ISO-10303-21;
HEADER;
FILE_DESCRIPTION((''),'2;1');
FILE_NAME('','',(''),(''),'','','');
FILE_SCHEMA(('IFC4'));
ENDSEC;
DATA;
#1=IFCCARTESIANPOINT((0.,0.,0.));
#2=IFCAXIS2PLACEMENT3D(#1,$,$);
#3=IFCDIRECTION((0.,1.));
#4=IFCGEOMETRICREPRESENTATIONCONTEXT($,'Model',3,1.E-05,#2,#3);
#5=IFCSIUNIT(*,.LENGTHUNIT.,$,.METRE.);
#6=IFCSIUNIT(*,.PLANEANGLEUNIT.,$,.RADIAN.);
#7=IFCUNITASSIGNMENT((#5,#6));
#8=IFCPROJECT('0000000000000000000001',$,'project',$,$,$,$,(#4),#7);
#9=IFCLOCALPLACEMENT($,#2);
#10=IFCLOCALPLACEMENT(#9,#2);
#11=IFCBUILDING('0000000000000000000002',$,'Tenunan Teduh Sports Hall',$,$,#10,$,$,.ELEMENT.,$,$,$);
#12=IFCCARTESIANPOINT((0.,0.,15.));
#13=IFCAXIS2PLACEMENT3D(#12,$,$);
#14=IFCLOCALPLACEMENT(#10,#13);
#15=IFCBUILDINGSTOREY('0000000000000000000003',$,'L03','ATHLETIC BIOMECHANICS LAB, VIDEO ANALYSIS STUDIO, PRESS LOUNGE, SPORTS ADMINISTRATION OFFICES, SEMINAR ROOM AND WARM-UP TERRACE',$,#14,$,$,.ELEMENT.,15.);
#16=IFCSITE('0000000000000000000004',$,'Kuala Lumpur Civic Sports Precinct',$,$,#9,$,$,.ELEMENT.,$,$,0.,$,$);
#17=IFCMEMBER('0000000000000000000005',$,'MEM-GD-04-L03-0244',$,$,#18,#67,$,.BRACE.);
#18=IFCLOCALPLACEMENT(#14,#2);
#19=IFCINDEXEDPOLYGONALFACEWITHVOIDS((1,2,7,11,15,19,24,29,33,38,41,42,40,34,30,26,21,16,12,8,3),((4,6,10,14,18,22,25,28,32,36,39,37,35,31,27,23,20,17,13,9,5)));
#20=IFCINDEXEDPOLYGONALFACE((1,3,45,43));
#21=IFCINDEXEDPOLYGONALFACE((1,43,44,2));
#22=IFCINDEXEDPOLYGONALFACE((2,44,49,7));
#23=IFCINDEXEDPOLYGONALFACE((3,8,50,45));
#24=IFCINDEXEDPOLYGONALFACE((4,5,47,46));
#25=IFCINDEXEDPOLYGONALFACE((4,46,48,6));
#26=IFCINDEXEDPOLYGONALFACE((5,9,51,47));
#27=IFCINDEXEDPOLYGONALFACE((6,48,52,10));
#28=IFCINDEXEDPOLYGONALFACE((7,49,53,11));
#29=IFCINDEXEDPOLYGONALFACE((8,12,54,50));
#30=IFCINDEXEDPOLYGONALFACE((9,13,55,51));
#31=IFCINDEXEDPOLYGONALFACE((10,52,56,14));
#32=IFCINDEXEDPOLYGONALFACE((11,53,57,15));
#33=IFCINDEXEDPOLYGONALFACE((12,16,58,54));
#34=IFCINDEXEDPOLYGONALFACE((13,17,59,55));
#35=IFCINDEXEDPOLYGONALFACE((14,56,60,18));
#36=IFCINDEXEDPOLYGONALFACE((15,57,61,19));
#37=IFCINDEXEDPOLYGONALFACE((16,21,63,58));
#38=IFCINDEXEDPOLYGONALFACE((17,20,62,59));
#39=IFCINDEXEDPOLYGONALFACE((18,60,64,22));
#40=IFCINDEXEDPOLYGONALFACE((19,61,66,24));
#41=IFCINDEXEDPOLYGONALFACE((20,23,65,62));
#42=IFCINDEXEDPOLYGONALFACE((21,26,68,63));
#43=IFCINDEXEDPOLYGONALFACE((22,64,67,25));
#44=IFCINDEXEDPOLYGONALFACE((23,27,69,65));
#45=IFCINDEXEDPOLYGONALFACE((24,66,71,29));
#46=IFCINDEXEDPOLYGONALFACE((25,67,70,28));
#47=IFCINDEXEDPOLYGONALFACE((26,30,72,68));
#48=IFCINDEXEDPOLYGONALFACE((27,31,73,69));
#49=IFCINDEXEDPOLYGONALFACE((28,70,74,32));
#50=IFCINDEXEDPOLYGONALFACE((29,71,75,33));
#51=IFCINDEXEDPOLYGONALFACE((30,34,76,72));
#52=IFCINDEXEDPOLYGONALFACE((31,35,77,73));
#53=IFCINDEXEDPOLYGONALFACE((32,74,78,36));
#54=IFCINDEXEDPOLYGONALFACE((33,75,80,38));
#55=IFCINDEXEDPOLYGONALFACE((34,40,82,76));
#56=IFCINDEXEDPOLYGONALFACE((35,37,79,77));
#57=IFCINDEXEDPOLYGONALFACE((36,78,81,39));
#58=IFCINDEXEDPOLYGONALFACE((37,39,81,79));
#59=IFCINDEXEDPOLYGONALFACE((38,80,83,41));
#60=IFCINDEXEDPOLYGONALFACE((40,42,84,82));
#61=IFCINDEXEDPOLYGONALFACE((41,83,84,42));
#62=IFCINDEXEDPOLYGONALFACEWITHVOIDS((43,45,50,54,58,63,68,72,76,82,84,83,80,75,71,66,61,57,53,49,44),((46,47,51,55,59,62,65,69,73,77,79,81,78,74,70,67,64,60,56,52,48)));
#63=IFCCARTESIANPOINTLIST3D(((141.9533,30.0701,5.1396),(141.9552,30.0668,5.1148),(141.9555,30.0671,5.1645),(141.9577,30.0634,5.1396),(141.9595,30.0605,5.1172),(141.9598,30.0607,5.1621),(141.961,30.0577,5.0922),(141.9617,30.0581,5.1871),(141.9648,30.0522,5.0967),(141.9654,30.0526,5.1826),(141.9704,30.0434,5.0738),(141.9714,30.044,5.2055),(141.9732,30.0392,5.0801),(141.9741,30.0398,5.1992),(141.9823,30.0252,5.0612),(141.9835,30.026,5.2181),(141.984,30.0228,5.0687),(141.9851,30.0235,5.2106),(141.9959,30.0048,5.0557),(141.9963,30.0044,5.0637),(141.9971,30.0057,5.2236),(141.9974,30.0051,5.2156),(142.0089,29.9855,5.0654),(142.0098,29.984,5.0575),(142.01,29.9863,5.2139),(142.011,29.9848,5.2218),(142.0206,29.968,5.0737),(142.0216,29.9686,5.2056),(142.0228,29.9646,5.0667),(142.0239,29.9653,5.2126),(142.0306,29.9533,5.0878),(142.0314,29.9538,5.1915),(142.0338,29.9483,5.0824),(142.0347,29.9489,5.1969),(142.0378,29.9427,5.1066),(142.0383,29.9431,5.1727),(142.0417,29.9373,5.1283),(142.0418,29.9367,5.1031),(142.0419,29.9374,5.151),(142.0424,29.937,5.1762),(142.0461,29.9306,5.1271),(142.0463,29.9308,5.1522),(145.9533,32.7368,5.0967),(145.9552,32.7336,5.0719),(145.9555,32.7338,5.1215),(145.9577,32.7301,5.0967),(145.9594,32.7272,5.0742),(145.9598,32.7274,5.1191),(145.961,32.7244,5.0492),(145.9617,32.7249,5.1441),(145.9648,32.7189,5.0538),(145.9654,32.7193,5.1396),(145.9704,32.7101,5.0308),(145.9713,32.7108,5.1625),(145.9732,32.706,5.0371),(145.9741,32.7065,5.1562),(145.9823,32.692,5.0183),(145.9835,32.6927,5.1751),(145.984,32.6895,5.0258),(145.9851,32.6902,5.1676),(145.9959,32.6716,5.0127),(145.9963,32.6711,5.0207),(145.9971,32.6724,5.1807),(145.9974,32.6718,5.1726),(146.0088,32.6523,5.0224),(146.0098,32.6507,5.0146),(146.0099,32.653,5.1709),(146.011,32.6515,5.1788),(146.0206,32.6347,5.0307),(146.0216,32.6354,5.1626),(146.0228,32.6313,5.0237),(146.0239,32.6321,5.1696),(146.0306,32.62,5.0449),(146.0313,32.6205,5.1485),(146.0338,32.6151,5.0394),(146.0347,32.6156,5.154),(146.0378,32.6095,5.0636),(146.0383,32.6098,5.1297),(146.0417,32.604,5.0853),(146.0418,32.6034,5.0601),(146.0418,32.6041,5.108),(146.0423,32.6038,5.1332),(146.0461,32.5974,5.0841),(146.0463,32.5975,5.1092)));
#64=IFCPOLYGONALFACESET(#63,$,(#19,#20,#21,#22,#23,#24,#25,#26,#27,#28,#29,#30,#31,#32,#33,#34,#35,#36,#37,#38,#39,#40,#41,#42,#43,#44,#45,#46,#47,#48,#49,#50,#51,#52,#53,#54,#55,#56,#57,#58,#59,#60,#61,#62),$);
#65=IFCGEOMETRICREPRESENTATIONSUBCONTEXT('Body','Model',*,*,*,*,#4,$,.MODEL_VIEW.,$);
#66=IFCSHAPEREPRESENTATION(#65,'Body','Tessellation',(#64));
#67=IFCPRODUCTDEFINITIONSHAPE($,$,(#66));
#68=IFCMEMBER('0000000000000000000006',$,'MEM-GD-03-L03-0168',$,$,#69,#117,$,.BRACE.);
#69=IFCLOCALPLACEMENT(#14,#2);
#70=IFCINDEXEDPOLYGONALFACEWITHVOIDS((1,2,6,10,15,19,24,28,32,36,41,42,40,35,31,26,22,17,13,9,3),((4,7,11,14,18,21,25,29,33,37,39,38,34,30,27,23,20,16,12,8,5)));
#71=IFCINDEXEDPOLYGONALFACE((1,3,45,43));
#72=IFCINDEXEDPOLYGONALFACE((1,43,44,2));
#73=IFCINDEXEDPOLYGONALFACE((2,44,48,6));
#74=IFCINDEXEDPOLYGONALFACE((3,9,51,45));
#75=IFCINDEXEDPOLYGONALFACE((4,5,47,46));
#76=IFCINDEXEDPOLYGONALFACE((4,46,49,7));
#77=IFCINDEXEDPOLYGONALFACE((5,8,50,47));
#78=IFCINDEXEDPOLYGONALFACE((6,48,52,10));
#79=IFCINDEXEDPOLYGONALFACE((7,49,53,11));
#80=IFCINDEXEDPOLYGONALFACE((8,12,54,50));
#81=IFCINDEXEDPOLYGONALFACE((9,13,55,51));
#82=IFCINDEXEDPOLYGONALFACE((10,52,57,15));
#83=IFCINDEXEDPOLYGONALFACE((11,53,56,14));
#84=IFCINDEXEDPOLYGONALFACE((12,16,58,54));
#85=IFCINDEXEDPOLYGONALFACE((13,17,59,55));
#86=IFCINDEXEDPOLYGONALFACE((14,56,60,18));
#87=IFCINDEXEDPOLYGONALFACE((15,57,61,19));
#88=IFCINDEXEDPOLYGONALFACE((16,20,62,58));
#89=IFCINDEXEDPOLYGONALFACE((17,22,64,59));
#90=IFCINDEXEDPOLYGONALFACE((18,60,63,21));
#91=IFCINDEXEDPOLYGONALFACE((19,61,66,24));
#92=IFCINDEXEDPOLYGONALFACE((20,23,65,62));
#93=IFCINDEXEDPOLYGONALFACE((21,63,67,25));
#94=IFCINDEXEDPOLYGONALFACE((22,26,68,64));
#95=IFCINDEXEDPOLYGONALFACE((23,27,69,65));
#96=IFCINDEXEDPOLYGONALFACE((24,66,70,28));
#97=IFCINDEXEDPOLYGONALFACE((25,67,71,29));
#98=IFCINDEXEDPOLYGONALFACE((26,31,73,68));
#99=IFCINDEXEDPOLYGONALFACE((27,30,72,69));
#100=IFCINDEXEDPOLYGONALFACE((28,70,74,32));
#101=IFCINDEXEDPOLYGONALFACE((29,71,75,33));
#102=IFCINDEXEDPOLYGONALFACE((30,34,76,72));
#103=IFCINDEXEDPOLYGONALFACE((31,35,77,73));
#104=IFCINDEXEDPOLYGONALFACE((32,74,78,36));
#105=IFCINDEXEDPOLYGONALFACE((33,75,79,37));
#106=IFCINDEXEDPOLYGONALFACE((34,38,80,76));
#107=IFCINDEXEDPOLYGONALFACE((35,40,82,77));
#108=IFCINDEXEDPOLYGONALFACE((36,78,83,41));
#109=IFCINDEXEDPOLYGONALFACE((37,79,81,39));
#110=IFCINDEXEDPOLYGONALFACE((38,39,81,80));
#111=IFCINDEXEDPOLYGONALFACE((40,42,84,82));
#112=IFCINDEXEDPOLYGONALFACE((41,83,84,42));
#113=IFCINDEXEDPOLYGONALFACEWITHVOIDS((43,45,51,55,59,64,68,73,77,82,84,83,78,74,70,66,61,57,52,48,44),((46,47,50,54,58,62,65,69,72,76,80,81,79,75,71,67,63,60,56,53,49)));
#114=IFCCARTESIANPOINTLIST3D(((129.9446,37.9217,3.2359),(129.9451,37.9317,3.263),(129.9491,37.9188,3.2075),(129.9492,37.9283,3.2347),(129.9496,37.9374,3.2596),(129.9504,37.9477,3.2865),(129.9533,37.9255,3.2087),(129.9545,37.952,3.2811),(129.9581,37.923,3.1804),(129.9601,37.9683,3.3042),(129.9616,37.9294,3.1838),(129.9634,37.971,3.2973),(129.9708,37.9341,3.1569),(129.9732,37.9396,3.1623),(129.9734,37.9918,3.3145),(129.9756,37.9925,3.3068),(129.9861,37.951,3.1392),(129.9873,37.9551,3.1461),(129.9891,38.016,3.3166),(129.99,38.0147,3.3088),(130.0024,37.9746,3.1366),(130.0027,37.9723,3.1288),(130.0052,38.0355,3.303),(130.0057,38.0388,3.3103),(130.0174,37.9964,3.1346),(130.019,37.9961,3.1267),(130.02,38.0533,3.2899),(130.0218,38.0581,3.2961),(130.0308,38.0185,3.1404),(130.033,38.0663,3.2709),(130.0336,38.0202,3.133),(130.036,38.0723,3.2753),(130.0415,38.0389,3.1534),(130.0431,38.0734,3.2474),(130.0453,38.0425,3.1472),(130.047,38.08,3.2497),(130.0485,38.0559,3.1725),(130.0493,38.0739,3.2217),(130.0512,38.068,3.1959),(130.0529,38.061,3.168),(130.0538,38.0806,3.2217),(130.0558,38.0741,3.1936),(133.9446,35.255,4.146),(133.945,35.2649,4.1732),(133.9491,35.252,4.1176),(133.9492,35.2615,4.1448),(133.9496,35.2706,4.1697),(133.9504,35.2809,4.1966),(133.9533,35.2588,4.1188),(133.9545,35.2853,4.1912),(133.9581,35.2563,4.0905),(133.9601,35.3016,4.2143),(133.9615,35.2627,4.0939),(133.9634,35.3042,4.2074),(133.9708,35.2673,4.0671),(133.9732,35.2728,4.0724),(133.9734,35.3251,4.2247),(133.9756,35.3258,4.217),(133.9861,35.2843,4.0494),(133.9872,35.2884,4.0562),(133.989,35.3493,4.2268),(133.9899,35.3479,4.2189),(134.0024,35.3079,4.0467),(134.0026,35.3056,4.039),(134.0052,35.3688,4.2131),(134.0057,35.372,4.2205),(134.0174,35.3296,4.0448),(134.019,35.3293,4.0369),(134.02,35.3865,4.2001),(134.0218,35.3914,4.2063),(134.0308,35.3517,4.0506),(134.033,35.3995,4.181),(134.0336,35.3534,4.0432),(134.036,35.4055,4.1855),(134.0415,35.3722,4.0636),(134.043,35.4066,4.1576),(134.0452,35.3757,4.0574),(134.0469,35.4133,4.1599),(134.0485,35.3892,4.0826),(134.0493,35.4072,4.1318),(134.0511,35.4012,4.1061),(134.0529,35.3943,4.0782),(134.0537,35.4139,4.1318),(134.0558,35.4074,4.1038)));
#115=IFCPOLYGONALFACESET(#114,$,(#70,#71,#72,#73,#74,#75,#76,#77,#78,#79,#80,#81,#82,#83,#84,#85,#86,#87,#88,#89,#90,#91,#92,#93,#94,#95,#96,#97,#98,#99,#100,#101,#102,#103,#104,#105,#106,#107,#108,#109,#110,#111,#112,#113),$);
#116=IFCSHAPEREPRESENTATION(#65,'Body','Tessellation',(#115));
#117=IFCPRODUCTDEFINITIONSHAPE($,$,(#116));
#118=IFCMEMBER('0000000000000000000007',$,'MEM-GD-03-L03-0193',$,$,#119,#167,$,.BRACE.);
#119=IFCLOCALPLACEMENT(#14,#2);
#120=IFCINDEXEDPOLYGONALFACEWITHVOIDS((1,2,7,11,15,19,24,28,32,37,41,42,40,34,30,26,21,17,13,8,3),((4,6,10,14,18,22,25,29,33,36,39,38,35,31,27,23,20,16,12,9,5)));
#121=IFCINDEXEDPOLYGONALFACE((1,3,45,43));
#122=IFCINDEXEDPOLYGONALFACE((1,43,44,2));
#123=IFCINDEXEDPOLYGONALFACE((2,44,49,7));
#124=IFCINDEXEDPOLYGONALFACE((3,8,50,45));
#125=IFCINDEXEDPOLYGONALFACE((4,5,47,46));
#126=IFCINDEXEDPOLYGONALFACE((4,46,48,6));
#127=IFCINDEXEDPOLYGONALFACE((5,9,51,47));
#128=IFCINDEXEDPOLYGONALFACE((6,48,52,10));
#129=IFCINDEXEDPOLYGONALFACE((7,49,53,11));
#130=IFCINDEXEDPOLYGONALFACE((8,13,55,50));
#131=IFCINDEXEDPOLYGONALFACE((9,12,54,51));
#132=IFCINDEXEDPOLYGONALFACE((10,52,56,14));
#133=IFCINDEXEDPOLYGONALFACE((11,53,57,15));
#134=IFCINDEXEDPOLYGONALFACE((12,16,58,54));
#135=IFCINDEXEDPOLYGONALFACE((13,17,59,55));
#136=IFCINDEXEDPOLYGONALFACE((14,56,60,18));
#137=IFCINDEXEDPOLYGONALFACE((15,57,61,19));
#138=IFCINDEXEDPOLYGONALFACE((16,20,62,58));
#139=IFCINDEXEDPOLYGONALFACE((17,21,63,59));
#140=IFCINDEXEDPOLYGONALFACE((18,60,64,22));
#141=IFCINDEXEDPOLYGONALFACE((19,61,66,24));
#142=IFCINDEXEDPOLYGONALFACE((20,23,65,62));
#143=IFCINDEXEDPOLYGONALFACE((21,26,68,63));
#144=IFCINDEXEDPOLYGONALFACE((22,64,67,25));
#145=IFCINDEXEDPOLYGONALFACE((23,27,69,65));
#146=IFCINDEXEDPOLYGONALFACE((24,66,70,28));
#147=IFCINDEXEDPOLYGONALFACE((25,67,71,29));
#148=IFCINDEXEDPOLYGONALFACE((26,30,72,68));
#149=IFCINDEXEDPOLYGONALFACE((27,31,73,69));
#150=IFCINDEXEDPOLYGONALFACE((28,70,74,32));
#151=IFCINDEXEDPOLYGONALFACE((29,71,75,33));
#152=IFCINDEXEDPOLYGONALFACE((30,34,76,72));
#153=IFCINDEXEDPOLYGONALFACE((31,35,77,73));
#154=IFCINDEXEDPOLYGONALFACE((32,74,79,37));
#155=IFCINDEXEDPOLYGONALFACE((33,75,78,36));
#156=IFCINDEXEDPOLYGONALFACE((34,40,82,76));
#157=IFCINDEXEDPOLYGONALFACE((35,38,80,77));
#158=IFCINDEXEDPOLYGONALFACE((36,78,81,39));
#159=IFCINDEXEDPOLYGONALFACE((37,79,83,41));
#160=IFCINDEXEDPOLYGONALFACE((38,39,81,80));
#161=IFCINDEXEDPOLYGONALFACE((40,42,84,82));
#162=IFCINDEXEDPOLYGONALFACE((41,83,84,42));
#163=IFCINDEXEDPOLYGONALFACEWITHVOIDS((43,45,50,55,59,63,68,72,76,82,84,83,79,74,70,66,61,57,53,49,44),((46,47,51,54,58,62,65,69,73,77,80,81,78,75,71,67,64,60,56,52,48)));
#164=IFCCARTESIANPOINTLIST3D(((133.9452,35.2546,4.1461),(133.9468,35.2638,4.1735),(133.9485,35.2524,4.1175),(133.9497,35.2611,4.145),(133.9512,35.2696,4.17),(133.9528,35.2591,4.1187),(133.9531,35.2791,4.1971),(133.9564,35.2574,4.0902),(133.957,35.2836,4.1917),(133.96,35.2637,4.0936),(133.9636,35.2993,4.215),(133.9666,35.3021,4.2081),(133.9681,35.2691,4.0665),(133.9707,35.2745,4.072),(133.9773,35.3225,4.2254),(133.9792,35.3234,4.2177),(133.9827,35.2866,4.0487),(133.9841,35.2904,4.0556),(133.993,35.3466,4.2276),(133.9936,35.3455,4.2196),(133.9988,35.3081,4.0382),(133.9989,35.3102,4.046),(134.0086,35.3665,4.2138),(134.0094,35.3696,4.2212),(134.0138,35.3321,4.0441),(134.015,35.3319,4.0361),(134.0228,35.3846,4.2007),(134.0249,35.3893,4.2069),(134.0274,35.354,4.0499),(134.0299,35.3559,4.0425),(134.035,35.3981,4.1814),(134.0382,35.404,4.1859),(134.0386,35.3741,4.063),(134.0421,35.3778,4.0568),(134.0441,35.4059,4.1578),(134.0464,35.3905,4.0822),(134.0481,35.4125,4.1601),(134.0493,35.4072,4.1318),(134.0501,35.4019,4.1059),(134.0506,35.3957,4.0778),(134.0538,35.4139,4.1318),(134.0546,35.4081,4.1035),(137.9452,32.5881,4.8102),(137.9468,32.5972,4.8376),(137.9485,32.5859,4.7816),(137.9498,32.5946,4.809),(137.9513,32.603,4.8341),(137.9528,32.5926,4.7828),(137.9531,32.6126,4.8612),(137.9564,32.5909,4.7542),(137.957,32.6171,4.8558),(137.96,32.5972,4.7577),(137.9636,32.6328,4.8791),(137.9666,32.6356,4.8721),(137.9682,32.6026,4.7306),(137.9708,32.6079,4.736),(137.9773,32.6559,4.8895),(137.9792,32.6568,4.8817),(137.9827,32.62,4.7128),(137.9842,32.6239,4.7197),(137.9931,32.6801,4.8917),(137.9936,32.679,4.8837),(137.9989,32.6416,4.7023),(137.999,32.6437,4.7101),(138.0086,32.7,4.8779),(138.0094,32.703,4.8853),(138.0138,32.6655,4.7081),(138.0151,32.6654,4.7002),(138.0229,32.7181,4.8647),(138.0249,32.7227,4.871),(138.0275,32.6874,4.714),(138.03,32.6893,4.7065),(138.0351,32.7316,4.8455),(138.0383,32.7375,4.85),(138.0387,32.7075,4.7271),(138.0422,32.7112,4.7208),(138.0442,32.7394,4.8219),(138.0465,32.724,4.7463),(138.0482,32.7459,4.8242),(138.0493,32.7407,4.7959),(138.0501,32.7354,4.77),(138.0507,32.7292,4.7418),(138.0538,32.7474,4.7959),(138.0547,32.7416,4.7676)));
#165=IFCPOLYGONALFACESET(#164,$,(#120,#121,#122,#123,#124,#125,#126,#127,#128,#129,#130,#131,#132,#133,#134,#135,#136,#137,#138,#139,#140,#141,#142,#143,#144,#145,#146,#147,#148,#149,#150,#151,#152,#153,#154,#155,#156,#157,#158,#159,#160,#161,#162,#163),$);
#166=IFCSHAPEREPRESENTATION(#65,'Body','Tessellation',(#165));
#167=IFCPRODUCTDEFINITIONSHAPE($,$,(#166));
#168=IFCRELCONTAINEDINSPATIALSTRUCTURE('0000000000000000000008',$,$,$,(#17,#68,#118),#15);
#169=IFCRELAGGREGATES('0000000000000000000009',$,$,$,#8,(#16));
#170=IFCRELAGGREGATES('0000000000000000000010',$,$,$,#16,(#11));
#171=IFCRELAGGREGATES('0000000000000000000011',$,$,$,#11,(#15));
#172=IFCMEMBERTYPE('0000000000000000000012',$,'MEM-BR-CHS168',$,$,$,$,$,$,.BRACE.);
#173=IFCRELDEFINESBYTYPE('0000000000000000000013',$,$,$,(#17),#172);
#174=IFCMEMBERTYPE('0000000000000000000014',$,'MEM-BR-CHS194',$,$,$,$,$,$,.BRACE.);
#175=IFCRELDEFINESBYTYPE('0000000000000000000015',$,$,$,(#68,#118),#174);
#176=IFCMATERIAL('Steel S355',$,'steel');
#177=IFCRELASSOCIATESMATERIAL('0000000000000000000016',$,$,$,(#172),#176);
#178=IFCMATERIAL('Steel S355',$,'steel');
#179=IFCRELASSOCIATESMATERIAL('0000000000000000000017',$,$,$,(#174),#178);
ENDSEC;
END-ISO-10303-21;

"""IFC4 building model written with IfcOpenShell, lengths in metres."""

from ifc_helpers import new_model, si_unit, direction, frame, origin, origin_2d, place, context, subcontext, project, spatial, hollow_circle, extrude, material, material_profile, profile_set, type_object, element, save


model = new_model("IFC4")

# Units and contexts
model_context = context("Model", 3, precision=1e-05, world=origin(), true_north=direction((0.0, 1.0)))
body_context = subcontext(model_context, "Body", "Model", "MODEL_VIEW")
ifc_project = project(units=[si_unit("LENGTHUNIT", "METRE"), si_unit("PLANEANGLEUNIT", "RADIAN")], contexts=[model_context])

# Site, building, storey
site_placement = place(None, origin())
site = spatial("IfcSite", under=ifc_project, at=site_placement, Name="Kuala Lumpur Civic Sports Precinct", CompositionType="ELEMENT", RefElevation=0.0)
building_placement = place(site_placement, origin())
building = spatial("IfcBuilding", under=site, at=building_placement, Name="Tenunan Teduh Sports Hall", CompositionType="ELEMENT")
storey_placement = place(building_placement, frame((0.0, 0.0, 15.0)))
storey = spatial("IfcBuildingStorey", under=building, at=storey_placement, Name="L03", Description="ATHLETIC BIOMECHANICS LAB, VIDEO ANALYSIS STUDIO, PRESS LOUNGE, SPORTS ADMINISTRATION OFFICES, SEMINAR ROOM AND WARM-UP TERRACE", CompositionType="ELEMENT", Elevation=15.0)

# Members
ifc_material_1 = material(Name="Steel S355", Category="steel")
ifc_material_profile_1 = material_profile(ifc_material_1, hollow_circle(Radius=0.0842, WallThickness=0.0081, at=origin_2d()), Name="CHS 168.3x8.0")
ifc_profile_set_1 = profile_set([ifc_material_profile_1], Name="Steel S355")
member_type_1 = type_object("IfcMemberType", Name="MEM-BR-CHS168", PredefinedType="BRACE", material=ifc_profile_set_1)
member_1_placement = place(storey_placement, frame((142.0, 30.0, 5.1396), z_axis=(0.832009, 0.55469, -0.008938), x_axis=(-0.554712, 0.832042, 0.0)))
element("IfcMember", 1, at=member_1_placement, inside=storey, type_object=member_type_1, Name="MEM-GD-04-L03-0244", PredefinedType="BRACE", context=body_context, shape_type="SweptSolid", body=[
    extrude(hollow_circle(Radius=0.0842, WallThickness=0.0081, at=origin_2d()), origin(), (0.0, 0.0, 1.0), 4.8076),
])
ifc_material_2 = material(Name="Steel S355", Category="steel")
ifc_material_profile_2 = material_profile(ifc_material_2, hollow_circle(Radius=0.0969, WallThickness=0.0081, at=origin_2d()), Name="CHS 193.7x8.0")
ifc_profile_set_2 = profile_set([ifc_material_profile_2], Name="Steel S355")
member_type_2 = type_object("IfcMemberType", Name="MEM-BR-CHS194", PredefinedType="BRACE", material=ifc_profile_set_2)
member_2_placement = place(storey_placement, frame((130.0, 38.0, 3.2217), z_axis=(0.81752, -0.54503, 0.186018), x_axis=(0.554712, 0.832042, 0.0)))
element("IfcMember", 2, at=member_2_placement, inside=storey, type_object=member_type_2, Name="MEM-GD-03-L03-0168", PredefinedType="BRACE", context=body_context, shape_type="SweptSolid", body=[
    extrude(hollow_circle(Radius=0.0969, WallThickness=0.0081, at=origin_2d()), origin(), (0.0, 0.0, 1.0), 4.8928),
])
member_3_placement = place(storey_placement, frame((134.0, 35.3333, 4.1318), z_axis=(0.824239, -0.549459, 0.136837), x_axis=(0.554677, 0.832066, 0.0)))
element("IfcMember", 3, at=member_3_placement, inside=storey, type_object=member_type_2, Name="MEM-GD-03-L03-0193", PredefinedType="BRACE", context=body_context, shape_type="SweptSolid", body=[
    extrude(hollow_circle(Radius=0.0969, WallThickness=0.0081, at=origin_2d()), origin(), (0.0, 0.0, 1.0), 4.853),
])

save(model, "model.ifc")
